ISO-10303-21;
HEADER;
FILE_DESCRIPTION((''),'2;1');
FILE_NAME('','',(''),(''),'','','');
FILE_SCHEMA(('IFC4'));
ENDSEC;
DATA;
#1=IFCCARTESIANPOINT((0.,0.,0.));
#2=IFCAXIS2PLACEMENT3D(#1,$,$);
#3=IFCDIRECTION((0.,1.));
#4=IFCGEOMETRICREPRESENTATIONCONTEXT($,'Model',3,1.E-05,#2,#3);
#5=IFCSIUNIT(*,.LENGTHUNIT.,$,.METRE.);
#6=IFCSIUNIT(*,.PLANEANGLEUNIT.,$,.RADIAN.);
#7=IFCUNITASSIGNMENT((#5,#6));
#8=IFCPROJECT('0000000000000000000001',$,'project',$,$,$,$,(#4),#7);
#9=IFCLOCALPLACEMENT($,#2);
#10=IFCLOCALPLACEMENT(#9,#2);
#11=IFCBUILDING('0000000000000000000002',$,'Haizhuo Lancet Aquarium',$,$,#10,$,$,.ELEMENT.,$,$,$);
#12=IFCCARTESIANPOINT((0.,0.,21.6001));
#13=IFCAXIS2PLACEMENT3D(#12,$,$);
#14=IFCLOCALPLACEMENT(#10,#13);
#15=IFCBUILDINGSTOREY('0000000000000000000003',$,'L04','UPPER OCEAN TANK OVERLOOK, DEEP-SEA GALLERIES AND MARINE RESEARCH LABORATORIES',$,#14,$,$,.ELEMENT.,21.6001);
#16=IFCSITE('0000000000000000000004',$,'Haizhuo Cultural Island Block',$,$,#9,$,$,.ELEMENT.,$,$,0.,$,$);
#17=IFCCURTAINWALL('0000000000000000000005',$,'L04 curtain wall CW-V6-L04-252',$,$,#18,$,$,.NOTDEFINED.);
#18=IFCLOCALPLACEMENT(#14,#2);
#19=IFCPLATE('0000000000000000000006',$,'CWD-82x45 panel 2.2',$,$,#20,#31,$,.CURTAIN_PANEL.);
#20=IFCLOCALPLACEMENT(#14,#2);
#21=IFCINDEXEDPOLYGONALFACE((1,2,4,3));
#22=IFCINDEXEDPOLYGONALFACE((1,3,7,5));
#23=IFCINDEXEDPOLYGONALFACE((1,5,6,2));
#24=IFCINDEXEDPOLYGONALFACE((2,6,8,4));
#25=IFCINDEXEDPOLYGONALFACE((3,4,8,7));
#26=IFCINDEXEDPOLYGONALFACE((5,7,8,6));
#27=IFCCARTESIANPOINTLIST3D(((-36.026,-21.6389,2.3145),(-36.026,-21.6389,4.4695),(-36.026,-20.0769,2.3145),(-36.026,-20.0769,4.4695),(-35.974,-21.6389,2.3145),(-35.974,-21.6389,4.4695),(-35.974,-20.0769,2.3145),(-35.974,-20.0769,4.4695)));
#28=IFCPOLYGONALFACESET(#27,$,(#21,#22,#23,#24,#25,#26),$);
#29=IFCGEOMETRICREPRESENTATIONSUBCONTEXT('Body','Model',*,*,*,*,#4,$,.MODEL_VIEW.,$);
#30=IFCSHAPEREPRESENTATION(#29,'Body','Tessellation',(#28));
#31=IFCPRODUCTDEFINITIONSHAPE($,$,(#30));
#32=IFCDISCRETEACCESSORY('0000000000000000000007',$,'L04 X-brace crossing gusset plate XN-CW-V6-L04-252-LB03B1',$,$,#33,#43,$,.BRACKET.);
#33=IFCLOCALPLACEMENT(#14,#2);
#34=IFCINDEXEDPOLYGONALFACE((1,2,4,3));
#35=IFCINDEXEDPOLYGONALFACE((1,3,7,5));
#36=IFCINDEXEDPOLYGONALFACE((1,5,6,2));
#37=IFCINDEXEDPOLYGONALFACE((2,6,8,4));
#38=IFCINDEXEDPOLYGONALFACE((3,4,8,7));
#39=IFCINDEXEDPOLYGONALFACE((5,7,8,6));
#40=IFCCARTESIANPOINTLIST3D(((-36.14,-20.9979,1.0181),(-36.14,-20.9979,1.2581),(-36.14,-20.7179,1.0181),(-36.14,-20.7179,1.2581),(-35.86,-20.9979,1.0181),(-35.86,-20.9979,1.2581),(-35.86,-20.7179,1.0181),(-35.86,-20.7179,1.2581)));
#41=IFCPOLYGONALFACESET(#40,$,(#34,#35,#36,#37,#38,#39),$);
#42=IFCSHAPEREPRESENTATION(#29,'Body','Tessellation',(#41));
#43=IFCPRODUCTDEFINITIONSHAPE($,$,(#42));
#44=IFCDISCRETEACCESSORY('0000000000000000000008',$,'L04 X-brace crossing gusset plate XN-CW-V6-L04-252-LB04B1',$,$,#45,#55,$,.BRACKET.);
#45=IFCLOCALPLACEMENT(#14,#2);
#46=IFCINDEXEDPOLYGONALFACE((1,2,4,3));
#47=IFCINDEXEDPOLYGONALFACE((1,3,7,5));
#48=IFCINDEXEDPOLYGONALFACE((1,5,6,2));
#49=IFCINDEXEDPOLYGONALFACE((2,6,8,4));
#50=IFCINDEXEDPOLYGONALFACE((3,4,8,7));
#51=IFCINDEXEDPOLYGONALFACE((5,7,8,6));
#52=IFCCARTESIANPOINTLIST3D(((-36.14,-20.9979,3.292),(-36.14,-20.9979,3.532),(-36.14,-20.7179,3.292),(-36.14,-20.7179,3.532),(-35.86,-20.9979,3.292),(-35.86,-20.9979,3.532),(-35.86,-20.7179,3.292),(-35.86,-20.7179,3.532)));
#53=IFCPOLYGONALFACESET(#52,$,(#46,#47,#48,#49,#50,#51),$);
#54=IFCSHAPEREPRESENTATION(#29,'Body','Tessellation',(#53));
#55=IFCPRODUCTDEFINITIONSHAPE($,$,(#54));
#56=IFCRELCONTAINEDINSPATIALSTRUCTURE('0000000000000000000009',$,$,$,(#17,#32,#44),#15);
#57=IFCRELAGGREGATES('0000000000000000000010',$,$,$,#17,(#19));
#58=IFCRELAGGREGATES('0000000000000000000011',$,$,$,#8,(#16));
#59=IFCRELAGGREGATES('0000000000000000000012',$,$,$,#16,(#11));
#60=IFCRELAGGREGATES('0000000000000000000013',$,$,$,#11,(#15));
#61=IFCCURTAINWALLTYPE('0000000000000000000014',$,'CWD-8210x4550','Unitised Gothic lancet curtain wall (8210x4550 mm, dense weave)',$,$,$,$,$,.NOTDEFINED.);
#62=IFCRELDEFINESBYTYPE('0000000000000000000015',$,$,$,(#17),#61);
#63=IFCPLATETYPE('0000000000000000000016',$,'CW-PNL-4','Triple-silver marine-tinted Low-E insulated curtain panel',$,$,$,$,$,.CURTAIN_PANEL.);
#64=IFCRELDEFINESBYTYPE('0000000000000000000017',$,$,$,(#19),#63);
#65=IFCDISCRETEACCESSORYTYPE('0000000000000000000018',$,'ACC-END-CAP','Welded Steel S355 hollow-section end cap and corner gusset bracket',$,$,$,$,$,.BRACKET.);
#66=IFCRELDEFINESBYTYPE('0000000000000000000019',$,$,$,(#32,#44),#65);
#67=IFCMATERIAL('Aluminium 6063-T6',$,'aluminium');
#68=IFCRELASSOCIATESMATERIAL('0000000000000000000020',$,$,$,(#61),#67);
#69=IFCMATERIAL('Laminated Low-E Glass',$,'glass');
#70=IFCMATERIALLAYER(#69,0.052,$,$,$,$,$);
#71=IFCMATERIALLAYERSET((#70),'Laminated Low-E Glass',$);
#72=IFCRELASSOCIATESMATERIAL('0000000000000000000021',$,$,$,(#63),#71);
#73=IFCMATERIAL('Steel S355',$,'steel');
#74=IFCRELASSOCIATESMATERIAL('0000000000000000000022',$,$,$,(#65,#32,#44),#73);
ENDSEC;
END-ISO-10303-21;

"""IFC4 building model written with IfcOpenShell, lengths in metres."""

from ifc_helpers import new_model, si_unit, direction, frame, origin, origin_2d, place, context, subcontext, project, spatial, rectangle, extrude, material, layer, layer_set, type_object, element, aggregate, save


model = new_model("IFC4")

# Units and contexts
model_context = context("Model", 3, precision=1e-05, world=origin(), true_north=direction((0.0, 1.0)))
body_context = subcontext(model_context, "Body", "Model", "MODEL_VIEW")
ifc_project = project(units=[si_unit("LENGTHUNIT", "METRE"), si_unit("PLANEANGLEUNIT", "RADIAN")], contexts=[model_context])

# Site, building, storey
site_placement = place(None, origin())
site = spatial("IfcSite", under=ifc_project, at=site_placement, Name="Haizhuo Cultural Island Block", CompositionType="ELEMENT", RefElevation=0.0)
building_placement = place(site_placement, origin())
building = spatial("IfcBuilding", under=site, at=building_placement, Name="Haizhuo Lancet Aquarium", CompositionType="ELEMENT")
storey_placement = place(building_placement, frame((0.0, 0.0, 21.6001)))
storey = spatial("IfcBuildingStorey", under=building, at=storey_placement, Name="L04", Description="UPPER OCEAN TANK OVERLOOK, DEEP-SEA GALLERIES AND MARINE RESEARCH LABORATORIES", CompositionType="ELEMENT", Elevation=21.6001)

# Curtain wall
ifc_material_1 = material(Name="Aluminium 6063-T6", Category="aluminium")
curtain_wall_type = type_object("IfcCurtainWallType", Name="CWD-8210x4550", Description="Unitised Gothic lancet curtain wall (8210x4550 mm, dense weave)", PredefinedType="NOTDEFINED", material=ifc_material_1)
curtain_wall_placement = place(storey_placement, origin())
curtain_wall = element("IfcCurtainWall", 1, at=curtain_wall_placement, inside=storey, type_object=curtain_wall_type, Name="L04 curtain wall CW-V6-L04-252", PredefinedType="NOTDEFINED")

# Shared definitions
ifc_material_2 = material(Name="Steel S355", Category="steel")

# Plate
ifc_material_3 = material(Name="Laminated Low-E Glass", Category="glass")
ifc_layer = layer(ifc_material_3, 0.052)
ifc_layer_set = layer_set([ifc_layer], Name="Laminated Low-E Glass")
plate_type = type_object("IfcPlateType", Name="CW-PNL-4", Description="Triple-silver marine-tinted Low-E insulated curtain panel", PredefinedType="CURTAIN_PANEL", material=ifc_layer_set)
plate_1_placement = place(storey_placement, frame((-36.0, -20.8579, 2.3145), z_axis=(0.0, 0.0, 1.0), x_axis=(0.0, -1.0, 0.0)))
plate_1 = element("IfcPlate", 2, at=plate_1_placement, type_object=plate_type, Name="CWD-82x45 panel 2.2", PredefinedType="CURTAIN_PANEL", context=body_context, shape_type="SweptSolid", body=[
    extrude(rectangle(XDim=1.562, YDim=0.052, at=origin_2d()), origin(), (0.0, 0.0, 1.0), 2.155),
])
aggregate(curtain_wall, [plate_1])

# Discrete accessories
discrete_accessory_type = type_object("IfcDiscreteAccessoryType", Name="ACC-END-CAP", Description="Welded Steel S355 hollow-section end cap and corner gusset bracket", PredefinedType="BRACKET", material=ifc_material_2)
for number, where, z_axis, x_axis, name in (
    (3, (-36.0, -20.8579, 1.0181), (0.0, 0.0, 1.0), (1.0, 0.0, 0.0), "L04 X-brace crossing gusset plate XN-CW-V6-L04-252-LB03B1"),
    (4, (-36.0, -20.8579, 3.292), (0.0, 0.0, 1.0), (1.0, 0.0, 0.0), "L04 X-brace crossing gusset plate XN-CW-V6-L04-252-LB04B1"),
):
    element("IfcDiscreteAccessory", number, at=place(storey_placement, frame(where, z_axis=z_axis, x_axis=x_axis)), inside=storey, type_object=discrete_accessory_type, material=ifc_material_2, Name=name, PredefinedType="BRACKET", context=body_context, shape_type="SweptSolid", body=[
        extrude(rectangle(XDim=0.28, YDim=0.28, at=origin_2d()), origin(), (0.0, 0.0, 1.0), 0.24),
    ])

save(model, "model.ifc")
